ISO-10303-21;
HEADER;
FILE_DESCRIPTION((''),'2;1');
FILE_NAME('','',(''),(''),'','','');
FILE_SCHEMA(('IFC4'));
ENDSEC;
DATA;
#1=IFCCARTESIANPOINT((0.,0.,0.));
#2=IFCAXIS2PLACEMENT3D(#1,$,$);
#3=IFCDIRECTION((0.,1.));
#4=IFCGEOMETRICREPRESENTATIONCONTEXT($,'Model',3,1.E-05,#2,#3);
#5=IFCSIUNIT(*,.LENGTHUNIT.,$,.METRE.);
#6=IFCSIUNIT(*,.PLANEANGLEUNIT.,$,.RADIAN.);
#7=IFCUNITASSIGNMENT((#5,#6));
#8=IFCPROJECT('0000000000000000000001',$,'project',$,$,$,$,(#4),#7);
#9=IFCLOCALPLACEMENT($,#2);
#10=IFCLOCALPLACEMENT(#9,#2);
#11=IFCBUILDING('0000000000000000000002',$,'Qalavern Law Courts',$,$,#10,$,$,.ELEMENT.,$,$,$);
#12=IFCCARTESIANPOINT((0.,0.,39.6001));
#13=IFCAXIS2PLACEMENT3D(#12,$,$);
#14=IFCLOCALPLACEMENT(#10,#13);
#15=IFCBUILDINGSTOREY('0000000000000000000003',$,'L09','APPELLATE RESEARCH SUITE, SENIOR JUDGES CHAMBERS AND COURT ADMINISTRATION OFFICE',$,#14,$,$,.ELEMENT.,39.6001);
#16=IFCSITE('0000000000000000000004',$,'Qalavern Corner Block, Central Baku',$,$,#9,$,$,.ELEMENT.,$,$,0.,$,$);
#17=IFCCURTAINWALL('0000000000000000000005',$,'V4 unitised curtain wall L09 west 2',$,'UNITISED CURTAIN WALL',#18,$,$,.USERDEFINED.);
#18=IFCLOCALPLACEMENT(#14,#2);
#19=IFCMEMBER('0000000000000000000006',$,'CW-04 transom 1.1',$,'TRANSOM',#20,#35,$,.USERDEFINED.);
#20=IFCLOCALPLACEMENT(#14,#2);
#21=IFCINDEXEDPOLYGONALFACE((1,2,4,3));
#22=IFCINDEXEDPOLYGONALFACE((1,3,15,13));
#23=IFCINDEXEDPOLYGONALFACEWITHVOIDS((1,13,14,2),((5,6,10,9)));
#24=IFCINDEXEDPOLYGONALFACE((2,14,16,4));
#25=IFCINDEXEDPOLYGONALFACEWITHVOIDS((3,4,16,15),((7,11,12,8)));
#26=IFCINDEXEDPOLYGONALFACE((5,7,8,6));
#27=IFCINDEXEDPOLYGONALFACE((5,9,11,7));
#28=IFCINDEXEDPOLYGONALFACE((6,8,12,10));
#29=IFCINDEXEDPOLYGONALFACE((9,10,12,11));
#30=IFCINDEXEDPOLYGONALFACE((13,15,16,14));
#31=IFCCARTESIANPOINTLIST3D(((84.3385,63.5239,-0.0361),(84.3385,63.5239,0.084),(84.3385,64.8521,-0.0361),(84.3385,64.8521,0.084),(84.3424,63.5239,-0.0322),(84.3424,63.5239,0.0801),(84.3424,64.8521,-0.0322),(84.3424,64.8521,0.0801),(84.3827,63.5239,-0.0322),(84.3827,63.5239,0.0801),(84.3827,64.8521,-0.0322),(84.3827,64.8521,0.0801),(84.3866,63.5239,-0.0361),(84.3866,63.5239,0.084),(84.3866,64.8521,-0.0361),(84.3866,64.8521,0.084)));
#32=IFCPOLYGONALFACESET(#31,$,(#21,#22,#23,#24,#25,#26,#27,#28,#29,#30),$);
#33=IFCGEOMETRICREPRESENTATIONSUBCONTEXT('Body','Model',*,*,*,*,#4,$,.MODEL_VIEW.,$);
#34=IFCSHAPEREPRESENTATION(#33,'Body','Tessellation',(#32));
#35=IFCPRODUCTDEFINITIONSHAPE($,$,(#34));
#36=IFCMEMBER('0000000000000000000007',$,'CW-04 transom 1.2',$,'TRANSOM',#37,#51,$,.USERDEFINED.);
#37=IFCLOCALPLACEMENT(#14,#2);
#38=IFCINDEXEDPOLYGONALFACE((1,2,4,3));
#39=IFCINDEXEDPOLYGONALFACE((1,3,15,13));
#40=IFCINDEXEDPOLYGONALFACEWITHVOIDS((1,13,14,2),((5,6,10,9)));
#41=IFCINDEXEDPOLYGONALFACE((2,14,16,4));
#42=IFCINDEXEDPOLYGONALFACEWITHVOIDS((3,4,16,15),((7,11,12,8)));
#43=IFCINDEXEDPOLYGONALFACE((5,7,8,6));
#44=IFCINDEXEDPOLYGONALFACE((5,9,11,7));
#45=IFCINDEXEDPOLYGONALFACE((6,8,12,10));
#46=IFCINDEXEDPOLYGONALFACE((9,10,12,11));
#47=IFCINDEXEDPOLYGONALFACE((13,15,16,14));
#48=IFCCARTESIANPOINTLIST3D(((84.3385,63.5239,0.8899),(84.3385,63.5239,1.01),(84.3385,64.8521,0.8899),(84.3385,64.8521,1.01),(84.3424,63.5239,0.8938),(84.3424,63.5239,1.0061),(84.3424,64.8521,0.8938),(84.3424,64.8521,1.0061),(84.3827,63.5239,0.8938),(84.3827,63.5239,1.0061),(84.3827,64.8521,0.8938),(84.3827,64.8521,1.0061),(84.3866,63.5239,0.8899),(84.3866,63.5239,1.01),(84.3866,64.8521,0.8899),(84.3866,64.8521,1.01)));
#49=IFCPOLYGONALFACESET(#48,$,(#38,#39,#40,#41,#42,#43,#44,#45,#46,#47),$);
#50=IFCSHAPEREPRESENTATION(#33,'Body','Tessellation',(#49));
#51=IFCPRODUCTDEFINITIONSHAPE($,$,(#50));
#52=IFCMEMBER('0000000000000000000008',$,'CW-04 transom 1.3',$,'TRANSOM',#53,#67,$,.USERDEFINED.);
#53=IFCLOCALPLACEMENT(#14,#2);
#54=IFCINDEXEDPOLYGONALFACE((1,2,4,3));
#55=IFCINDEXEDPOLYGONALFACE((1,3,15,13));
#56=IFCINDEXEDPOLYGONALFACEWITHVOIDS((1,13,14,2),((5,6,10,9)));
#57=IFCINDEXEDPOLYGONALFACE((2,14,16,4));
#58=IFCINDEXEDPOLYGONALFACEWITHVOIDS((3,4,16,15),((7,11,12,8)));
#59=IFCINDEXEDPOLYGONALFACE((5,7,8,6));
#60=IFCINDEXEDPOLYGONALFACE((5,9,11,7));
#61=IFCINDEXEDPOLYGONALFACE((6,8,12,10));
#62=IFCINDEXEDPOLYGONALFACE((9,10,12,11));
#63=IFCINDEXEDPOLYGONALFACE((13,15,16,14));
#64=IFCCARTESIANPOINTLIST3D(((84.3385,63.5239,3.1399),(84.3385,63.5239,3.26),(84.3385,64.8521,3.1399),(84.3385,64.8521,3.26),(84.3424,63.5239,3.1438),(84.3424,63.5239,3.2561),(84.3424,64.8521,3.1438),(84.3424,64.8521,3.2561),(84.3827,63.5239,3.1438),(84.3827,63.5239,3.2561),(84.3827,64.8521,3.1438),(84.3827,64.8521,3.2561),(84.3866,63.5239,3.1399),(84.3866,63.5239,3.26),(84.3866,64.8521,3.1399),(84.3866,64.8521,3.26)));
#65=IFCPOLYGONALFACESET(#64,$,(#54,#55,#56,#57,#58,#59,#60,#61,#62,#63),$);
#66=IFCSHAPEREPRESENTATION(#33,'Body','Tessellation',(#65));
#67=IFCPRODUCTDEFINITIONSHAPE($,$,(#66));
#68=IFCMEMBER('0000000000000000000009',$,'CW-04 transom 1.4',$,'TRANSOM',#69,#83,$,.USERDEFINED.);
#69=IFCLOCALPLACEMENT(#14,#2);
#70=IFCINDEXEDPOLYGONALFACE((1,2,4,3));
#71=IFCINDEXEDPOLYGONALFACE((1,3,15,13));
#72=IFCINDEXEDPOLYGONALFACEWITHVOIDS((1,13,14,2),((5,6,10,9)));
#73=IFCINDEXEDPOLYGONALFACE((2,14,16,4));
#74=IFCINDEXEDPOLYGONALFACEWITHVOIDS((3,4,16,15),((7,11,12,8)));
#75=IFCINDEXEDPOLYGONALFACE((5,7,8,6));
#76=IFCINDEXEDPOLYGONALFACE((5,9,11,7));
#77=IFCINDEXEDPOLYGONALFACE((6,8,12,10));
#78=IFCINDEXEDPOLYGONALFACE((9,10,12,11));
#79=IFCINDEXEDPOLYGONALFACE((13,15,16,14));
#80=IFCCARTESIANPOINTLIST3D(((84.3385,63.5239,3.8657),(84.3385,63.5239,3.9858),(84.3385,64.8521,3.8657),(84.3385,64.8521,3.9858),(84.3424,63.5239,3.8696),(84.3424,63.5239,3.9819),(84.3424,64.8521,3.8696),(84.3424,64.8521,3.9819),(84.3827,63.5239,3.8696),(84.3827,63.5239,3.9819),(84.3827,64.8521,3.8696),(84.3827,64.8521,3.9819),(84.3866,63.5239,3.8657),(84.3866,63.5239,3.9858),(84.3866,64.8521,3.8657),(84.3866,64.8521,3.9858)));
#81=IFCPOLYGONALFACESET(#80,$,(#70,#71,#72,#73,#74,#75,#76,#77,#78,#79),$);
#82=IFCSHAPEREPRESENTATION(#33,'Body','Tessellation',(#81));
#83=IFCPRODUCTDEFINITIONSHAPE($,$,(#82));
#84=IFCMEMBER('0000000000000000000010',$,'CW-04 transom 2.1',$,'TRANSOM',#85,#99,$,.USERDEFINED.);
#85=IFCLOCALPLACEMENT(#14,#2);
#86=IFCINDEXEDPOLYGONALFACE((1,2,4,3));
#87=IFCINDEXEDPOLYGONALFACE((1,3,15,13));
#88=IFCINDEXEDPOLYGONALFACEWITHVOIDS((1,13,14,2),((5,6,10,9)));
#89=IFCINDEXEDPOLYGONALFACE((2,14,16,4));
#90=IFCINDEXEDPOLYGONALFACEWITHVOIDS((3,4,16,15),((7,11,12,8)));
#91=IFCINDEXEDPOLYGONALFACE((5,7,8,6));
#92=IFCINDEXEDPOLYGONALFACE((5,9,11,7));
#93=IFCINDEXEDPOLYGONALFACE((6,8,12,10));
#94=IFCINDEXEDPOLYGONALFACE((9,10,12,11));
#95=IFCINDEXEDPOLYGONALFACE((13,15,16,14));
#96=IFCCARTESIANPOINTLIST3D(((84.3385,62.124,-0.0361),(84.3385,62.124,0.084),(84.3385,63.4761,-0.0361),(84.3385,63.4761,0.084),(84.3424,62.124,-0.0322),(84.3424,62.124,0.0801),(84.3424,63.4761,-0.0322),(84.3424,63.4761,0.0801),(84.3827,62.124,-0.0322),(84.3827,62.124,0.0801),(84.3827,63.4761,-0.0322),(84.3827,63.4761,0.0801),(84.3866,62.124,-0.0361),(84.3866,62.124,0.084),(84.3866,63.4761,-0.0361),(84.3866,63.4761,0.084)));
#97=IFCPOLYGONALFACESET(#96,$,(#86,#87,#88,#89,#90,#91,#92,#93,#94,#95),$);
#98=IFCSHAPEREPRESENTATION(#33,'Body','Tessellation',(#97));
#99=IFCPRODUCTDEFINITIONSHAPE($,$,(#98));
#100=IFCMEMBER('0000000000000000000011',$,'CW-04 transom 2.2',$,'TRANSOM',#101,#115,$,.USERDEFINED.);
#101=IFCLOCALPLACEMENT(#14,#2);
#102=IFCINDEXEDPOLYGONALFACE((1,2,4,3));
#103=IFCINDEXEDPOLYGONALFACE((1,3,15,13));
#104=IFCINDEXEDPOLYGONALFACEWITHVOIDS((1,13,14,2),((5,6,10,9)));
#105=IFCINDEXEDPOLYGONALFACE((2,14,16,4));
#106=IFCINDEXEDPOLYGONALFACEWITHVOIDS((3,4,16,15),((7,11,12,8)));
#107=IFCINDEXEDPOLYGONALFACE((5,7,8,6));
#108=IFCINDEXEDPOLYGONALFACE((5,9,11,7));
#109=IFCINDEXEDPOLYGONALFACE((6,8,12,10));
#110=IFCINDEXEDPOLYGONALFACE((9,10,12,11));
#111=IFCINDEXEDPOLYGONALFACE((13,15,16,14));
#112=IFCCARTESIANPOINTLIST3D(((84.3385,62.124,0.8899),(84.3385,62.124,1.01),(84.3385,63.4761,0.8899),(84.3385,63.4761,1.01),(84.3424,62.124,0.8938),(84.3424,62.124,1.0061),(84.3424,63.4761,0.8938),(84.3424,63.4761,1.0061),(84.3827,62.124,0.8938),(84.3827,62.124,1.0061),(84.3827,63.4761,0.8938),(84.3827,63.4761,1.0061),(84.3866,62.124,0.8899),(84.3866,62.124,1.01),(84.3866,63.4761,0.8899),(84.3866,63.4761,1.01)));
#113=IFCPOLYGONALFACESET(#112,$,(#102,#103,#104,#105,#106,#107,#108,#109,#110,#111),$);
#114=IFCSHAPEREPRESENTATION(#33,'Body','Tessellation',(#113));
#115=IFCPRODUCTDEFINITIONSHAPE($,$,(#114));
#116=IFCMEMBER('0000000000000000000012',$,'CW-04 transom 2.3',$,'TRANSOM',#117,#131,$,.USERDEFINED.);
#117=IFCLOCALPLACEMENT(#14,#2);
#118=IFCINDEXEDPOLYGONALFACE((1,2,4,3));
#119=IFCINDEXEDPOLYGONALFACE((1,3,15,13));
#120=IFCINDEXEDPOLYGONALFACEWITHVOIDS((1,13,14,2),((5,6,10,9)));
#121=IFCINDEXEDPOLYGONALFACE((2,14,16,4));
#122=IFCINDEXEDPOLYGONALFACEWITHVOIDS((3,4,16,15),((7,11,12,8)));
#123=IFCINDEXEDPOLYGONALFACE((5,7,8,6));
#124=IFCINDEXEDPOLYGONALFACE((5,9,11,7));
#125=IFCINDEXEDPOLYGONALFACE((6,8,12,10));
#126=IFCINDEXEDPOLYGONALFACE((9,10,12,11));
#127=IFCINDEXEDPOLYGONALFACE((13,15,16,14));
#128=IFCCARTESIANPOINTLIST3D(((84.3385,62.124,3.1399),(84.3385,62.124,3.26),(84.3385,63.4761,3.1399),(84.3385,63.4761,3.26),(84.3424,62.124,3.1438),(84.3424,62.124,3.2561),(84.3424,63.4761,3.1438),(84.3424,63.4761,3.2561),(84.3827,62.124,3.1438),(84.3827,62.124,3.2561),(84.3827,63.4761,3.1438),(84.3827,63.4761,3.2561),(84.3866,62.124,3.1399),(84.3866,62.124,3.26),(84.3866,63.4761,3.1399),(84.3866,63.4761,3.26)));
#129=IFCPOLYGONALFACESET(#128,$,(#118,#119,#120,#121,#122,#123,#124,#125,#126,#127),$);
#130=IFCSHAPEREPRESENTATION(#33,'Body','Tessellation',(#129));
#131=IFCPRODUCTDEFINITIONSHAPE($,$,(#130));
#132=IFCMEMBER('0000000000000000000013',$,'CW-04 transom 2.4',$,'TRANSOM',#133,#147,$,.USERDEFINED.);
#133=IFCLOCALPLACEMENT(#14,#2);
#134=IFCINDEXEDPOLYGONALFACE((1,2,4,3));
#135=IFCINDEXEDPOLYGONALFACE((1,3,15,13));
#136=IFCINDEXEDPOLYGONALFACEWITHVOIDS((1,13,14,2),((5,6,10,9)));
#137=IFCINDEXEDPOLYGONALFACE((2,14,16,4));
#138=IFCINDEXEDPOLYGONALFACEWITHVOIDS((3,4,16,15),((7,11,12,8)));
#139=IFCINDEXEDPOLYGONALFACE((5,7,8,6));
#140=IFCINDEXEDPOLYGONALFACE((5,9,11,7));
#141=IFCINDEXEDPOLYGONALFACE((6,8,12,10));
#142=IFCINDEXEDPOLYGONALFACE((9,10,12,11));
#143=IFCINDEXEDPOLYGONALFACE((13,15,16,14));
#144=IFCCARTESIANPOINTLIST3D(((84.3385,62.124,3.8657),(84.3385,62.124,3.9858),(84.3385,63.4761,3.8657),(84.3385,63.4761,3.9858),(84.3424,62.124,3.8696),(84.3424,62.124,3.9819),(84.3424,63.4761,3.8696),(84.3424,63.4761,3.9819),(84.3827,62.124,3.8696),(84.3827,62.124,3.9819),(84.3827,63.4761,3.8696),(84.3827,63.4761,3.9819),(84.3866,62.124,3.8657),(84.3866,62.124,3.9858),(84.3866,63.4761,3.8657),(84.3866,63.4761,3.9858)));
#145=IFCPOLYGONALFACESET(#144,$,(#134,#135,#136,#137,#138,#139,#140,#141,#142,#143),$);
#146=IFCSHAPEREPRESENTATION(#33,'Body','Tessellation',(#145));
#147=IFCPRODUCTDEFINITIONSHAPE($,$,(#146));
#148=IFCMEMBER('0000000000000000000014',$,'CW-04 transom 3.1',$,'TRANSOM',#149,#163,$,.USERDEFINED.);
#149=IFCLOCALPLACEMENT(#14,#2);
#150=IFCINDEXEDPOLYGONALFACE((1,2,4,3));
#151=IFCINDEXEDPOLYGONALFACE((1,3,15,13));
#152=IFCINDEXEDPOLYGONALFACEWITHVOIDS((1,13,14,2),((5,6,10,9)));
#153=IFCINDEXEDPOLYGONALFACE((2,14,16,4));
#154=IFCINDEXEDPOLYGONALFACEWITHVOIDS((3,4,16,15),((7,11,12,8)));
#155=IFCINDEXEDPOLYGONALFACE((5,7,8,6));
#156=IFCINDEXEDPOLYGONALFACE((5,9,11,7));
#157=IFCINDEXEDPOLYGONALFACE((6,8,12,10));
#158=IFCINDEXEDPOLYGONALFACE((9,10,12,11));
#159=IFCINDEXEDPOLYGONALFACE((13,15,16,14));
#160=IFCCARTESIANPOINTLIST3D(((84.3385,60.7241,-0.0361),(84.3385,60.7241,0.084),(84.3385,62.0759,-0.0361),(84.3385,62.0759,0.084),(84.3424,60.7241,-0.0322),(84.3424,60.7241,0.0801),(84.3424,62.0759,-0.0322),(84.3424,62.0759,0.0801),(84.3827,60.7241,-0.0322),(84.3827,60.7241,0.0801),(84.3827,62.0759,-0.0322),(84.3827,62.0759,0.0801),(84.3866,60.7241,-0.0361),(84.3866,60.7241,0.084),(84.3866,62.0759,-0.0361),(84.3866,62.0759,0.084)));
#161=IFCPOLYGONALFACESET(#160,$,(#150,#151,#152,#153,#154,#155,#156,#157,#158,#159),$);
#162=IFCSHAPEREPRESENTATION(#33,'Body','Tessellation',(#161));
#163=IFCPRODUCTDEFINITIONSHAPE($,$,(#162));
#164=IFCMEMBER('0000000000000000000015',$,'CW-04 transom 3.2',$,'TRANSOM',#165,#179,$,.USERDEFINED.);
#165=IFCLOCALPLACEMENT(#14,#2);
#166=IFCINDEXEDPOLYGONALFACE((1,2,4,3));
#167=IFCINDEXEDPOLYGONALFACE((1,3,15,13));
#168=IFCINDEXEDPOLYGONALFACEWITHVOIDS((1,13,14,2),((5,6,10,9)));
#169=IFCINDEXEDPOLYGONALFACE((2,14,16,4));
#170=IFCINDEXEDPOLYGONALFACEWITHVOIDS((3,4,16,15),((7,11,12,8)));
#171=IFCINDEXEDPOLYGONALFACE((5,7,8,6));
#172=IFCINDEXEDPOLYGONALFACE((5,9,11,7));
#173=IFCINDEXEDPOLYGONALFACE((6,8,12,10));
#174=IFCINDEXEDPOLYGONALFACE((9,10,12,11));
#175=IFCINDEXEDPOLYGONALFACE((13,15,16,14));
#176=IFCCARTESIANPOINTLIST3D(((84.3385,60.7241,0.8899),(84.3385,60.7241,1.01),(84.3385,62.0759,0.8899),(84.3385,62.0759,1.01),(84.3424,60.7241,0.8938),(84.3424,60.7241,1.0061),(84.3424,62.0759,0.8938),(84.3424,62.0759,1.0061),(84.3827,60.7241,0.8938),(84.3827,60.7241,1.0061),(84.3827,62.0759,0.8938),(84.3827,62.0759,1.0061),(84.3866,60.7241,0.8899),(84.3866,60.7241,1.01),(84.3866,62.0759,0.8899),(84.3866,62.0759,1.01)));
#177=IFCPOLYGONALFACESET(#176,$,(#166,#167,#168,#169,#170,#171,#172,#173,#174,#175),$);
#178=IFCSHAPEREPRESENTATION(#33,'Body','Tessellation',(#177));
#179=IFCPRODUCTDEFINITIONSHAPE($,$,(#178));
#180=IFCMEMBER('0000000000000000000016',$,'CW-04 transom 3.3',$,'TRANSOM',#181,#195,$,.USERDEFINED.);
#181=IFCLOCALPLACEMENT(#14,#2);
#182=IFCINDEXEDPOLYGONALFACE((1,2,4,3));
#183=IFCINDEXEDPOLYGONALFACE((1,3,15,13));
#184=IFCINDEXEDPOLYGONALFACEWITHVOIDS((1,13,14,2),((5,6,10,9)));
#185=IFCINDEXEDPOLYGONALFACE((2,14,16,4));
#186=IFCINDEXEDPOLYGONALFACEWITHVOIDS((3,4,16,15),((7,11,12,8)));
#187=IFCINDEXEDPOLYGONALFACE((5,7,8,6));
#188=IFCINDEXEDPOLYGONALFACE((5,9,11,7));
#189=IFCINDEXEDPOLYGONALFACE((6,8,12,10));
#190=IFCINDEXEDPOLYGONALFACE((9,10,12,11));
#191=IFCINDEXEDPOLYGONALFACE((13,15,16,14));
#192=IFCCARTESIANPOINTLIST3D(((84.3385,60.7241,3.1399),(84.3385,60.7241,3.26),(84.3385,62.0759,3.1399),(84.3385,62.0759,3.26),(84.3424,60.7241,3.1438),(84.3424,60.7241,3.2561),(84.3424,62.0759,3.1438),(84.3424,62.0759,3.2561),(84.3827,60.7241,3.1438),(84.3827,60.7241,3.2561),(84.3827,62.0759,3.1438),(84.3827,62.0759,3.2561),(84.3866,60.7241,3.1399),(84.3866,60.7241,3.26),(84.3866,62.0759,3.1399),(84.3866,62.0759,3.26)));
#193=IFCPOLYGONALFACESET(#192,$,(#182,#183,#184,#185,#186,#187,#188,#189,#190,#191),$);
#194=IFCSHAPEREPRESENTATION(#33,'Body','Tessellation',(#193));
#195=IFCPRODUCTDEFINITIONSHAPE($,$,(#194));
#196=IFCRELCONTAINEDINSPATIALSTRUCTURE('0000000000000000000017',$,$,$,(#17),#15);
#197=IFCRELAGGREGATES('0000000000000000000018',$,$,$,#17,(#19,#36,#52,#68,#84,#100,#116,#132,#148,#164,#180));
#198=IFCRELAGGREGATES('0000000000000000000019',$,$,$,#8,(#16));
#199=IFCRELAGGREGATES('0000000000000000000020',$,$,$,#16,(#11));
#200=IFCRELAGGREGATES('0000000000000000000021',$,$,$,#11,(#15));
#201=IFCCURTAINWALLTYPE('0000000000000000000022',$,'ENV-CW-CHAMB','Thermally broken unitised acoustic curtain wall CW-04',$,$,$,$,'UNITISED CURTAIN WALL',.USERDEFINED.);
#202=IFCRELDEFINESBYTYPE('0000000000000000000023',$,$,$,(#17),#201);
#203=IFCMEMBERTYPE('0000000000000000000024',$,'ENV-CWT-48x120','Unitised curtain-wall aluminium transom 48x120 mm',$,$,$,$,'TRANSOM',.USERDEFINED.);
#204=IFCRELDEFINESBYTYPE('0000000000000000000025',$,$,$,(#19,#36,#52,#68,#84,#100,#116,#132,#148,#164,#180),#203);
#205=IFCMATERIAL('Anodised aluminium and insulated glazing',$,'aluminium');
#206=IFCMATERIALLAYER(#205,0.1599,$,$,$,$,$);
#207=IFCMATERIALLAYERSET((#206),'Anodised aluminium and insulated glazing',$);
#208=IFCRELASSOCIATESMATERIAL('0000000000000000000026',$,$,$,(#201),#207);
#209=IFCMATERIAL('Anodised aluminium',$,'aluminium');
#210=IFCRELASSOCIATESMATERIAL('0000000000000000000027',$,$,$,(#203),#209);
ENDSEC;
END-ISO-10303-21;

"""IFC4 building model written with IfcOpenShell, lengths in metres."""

from ifc_helpers import new_model, si_unit, direction, frame, origin, origin_2d, place, context, subcontext, project, spatial, hollow_rectangle, extrude, material, layer, layer_set, material_profile, profile_set, type_object, element, aggregate, save


model = new_model("IFC4")

# Units and contexts
model_context = context("Model", 3, precision=1e-05, world=origin(), true_north=direction((0.0, 1.0)))
body_context = subcontext(model_context, "Body", "Model", "MODEL_VIEW")
ifc_project = project(units=[si_unit("LENGTHUNIT", "METRE"), si_unit("PLANEANGLEUNIT", "RADIAN")], contexts=[model_context])

# Site, building, storey
site_placement = place(None, origin())
site = spatial("IfcSite", under=ifc_project, at=site_placement, Name="Qalavern Corner Block, Central Baku", CompositionType="ELEMENT", RefElevation=0.0)
building_placement = place(site_placement, origin())
building = spatial("IfcBuilding", under=site, at=building_placement, Name="Qalavern Law Courts", CompositionType="ELEMENT")
storey_placement = place(building_placement, frame((0.0, 0.0, 39.6001)))
storey = spatial("IfcBuildingStorey", under=building, at=storey_placement, Name="L09", Description="APPELLATE RESEARCH SUITE, SENIOR JUDGES CHAMBERS AND COURT ADMINISTRATION OFFICE", CompositionType="ELEMENT", Elevation=39.6001)

# Curtain wall
ifc_material_1 = material(Name="Anodised aluminium and insulated glazing", Category="aluminium")
ifc_layer_1 = layer(ifc_material_1, 0.1599)
ifc_layer_set_1 = layer_set([ifc_layer_1], Name="Anodised aluminium and insulated glazing")
curtain_wall_type = type_object("IfcCurtainWallType", Name="ENV-CW-CHAMB", Description="Thermally broken unitised acoustic curtain wall CW-04", ElementType="UNITISED CURTAIN WALL", PredefinedType="USERDEFINED", material=ifc_layer_set_1)
curtain_wall_1_placement = place(storey_placement, origin())
curtain_wall_1 = element("IfcCurtainWall", 1, at=curtain_wall_1_placement, inside=storey, type_object=curtain_wall_type, Name="V4 unitised curtain wall L09 west 2", ObjectType="UNITISED CURTAIN WALL", PredefinedType="USERDEFINED")
ifc_material_2 = material(Name="Anodised aluminium", Category="aluminium")
ifc_material_profile_1 = material_profile(ifc_material_2, hollow_rectangle(XDim=0.0481, YDim=0.1201, WallThickness=0.0039, at=origin_2d()), Name="ALU TRANSOM 48x120")
ifc_profile_set_1 = profile_set([ifc_material_profile_1], Name="Anodised aluminium")
member_type_1 = type_object("IfcMemberType", Name="ENV-CWT-48x120", Description="Unitised curtain-wall aluminium transom 48x120 mm", ElementType="TRANSOM", PredefinedType="USERDEFINED", material=ifc_profile_set_1)

# Members
member_1_placement = place(storey_placement, frame((84.3625, 64.8521, 0.0239), z_axis=(0.0, -1.0, 0.0), x_axis=(1.0, 0.0, 0.0)))
member_1 = element("IfcMember", 2, at=member_1_placement, type_object=member_type_1, Name="CW-04 transom 1.1", ObjectType="TRANSOM", PredefinedType="USERDEFINED", context=body_context, shape_type="SweptSolid", body=[
    extrude(hollow_rectangle(XDim=0.0481, YDim=0.1201, WallThickness=0.0039, at=origin_2d()), origin(), (0.0, 0.0, 1.0), 1.3281),
])
member_2_placement = place(storey_placement, frame((84.3625, 64.8521, 0.95), z_axis=(0.0, -1.0, 0.0), x_axis=(1.0, 0.0, 0.0)))
member_2 = element("IfcMember", 3, at=member_2_placement, type_object=member_type_1, Name="CW-04 transom 1.2", ObjectType="TRANSOM", PredefinedType="USERDEFINED", context=body_context, shape_type="SweptSolid", body=[
    extrude(hollow_rectangle(XDim=0.0481, YDim=0.1201, WallThickness=0.0039, at=origin_2d()), origin(), (0.0, 0.0, 1.0), 1.3281),
])
member_3_placement = place(storey_placement, frame((84.3625, 64.8521, 3.2), z_axis=(0.0, -1.0, 0.0), x_axis=(1.0, 0.0, 0.0)))
member_3 = element("IfcMember", 4, at=member_3_placement, type_object=member_type_1, Name="CW-04 transom 1.3", ObjectType="TRANSOM", PredefinedType="USERDEFINED", context=body_context, shape_type="SweptSolid", body=[
    extrude(hollow_rectangle(XDim=0.0481, YDim=0.1201, WallThickness=0.0039, at=origin_2d()), origin(), (0.0, 0.0, 1.0), 1.3281),
])
member_4_placement = place(storey_placement, frame((84.3625, 64.8521, 3.9258), z_axis=(0.0, -1.0, 0.0), x_axis=(1.0, 0.0, 0.0)))
member_4 = element("IfcMember", 5, at=member_4_placement, type_object=member_type_1, Name="CW-04 transom 1.4", ObjectType="TRANSOM", PredefinedType="USERDEFINED", context=body_context, shape_type="SweptSolid", body=[
    extrude(hollow_rectangle(XDim=0.0481, YDim=0.1201, WallThickness=0.0039, at=origin_2d()), origin(), (0.0, 0.0, 1.0), 1.3281),
])
member_5_placement = place(storey_placement, frame((84.3625, 63.4761, 0.0239), z_axis=(0.0, -1.0, 0.0), x_axis=(1.0, 0.0, 0.0)))
member_5 = element("IfcMember", 6, at=member_5_placement, type_object=member_type_1, Name="CW-04 transom 2.1", ObjectType="TRANSOM", PredefinedType="USERDEFINED", context=body_context, shape_type="SweptSolid", body=[
    extrude(hollow_rectangle(XDim=0.0481, YDim=0.1201, WallThickness=0.0039, at=origin_2d()), origin(), (0.0, 0.0, 1.0), 1.3521),
])
member_6_placement = place(storey_placement, frame((84.3625, 63.4761, 0.95), z_axis=(0.0, -1.0, 0.0), x_axis=(1.0, 0.0, 0.0)))
member_6 = element("IfcMember", 7, at=member_6_placement, type_object=member_type_1, Name="CW-04 transom 2.2", ObjectType="TRANSOM", PredefinedType="USERDEFINED", context=body_context, shape_type="SweptSolid", body=[
    extrude(hollow_rectangle(XDim=0.0481, YDim=0.1201, WallThickness=0.0039, at=origin_2d()), origin(), (0.0, 0.0, 1.0), 1.3521),
])
member_7_placement = place(storey_placement, frame((84.3625, 63.4761, 3.2), z_axis=(0.0, -1.0, 0.0), x_axis=(1.0, 0.0, 0.0)))
member_7 = element("IfcMember", 8, at=member_7_placement, type_object=member_type_1, Name="CW-04 transom 2.3", ObjectType="TRANSOM", PredefinedType="USERDEFINED", context=body_context, shape_type="SweptSolid", body=[
    extrude(hollow_rectangle(XDim=0.0481, YDim=0.1201, WallThickness=0.0039, at=origin_2d()), origin(), (0.0, 0.0, 1.0), 1.3521),
])
member_8_placement = place(storey_placement, frame((84.3625, 63.4761, 3.9258), z_axis=(0.0, -1.0, 0.0), x_axis=(1.0, 0.0, 0.0)))
member_8 = element("IfcMember", 9, at=member_8_placement, type_object=member_type_1, Name="CW-04 transom 2.4", ObjectType="TRANSOM", PredefinedType="USERDEFINED", context=body_context, shape_type="SweptSolid", body=[
    extrude(hollow_rectangle(XDim=0.0481, YDim=0.1201, WallThickness=0.0039, at=origin_2d()), origin(), (0.0, 0.0, 1.0), 1.3521),
])
member_9_placement = place(storey_placement, frame((84.3625, 62.0759, 0.0239), z_axis=(0.0, -1.0, 0.0), x_axis=(1.0, 0.0, 0.0)))
member_9 = element("IfcMember", 10, at=member_9_placement, type_object=member_type_1, Name="CW-04 transom 3.1", ObjectType="TRANSOM", PredefinedType="USERDEFINED", context=body_context, shape_type="SweptSolid", body=[
    extrude(hollow_rectangle(XDim=0.0481, YDim=0.1201, WallThickness=0.0039, at=origin_2d()), origin(), (0.0, 0.0, 1.0), 1.3518),
])
member_10_placement = place(storey_placement, frame((84.3625, 62.0759, 0.95), z_axis=(0.0, -1.0, 0.0), x_axis=(1.0, 0.0, 0.0)))
member_10 = element("IfcMember", 11, at=member_10_placement, type_object=member_type_1, Name="CW-04 transom 3.2", ObjectType="TRANSOM", PredefinedType="USERDEFINED", context=body_context, shape_type="SweptSolid", body=[
    extrude(hollow_rectangle(XDim=0.0481, YDim=0.1201, WallThickness=0.0039, at=origin_2d()), origin(), (0.0, 0.0, 1.0), 1.3518),
])
member_11_placement = place(storey_placement, frame((84.3625, 62.0759, 3.2), z_axis=(0.0, -1.0, 0.0), x_axis=(1.0, 0.0, 0.0)))
member_11 = element("IfcMember", 12, at=member_11_placement, type_object=member_type_1, Name="CW-04 transom 3.3", ObjectType="TRANSOM", PredefinedType="USERDEFINED", context=body_context, shape_type="SweptSolid", body=[
    extrude(hollow_rectangle(XDim=0.0481, YDim=0.1201, WallThickness=0.0039, at=origin_2d()), origin(), (0.0, 0.0, 1.0), 1.3518),
])

aggregate(curtain_wall_1, [member_1, member_2, member_3, member_4, member_5, member_6, member_7, member_8, member_9, member_10, member_11])

save(model, "model.ifc")
